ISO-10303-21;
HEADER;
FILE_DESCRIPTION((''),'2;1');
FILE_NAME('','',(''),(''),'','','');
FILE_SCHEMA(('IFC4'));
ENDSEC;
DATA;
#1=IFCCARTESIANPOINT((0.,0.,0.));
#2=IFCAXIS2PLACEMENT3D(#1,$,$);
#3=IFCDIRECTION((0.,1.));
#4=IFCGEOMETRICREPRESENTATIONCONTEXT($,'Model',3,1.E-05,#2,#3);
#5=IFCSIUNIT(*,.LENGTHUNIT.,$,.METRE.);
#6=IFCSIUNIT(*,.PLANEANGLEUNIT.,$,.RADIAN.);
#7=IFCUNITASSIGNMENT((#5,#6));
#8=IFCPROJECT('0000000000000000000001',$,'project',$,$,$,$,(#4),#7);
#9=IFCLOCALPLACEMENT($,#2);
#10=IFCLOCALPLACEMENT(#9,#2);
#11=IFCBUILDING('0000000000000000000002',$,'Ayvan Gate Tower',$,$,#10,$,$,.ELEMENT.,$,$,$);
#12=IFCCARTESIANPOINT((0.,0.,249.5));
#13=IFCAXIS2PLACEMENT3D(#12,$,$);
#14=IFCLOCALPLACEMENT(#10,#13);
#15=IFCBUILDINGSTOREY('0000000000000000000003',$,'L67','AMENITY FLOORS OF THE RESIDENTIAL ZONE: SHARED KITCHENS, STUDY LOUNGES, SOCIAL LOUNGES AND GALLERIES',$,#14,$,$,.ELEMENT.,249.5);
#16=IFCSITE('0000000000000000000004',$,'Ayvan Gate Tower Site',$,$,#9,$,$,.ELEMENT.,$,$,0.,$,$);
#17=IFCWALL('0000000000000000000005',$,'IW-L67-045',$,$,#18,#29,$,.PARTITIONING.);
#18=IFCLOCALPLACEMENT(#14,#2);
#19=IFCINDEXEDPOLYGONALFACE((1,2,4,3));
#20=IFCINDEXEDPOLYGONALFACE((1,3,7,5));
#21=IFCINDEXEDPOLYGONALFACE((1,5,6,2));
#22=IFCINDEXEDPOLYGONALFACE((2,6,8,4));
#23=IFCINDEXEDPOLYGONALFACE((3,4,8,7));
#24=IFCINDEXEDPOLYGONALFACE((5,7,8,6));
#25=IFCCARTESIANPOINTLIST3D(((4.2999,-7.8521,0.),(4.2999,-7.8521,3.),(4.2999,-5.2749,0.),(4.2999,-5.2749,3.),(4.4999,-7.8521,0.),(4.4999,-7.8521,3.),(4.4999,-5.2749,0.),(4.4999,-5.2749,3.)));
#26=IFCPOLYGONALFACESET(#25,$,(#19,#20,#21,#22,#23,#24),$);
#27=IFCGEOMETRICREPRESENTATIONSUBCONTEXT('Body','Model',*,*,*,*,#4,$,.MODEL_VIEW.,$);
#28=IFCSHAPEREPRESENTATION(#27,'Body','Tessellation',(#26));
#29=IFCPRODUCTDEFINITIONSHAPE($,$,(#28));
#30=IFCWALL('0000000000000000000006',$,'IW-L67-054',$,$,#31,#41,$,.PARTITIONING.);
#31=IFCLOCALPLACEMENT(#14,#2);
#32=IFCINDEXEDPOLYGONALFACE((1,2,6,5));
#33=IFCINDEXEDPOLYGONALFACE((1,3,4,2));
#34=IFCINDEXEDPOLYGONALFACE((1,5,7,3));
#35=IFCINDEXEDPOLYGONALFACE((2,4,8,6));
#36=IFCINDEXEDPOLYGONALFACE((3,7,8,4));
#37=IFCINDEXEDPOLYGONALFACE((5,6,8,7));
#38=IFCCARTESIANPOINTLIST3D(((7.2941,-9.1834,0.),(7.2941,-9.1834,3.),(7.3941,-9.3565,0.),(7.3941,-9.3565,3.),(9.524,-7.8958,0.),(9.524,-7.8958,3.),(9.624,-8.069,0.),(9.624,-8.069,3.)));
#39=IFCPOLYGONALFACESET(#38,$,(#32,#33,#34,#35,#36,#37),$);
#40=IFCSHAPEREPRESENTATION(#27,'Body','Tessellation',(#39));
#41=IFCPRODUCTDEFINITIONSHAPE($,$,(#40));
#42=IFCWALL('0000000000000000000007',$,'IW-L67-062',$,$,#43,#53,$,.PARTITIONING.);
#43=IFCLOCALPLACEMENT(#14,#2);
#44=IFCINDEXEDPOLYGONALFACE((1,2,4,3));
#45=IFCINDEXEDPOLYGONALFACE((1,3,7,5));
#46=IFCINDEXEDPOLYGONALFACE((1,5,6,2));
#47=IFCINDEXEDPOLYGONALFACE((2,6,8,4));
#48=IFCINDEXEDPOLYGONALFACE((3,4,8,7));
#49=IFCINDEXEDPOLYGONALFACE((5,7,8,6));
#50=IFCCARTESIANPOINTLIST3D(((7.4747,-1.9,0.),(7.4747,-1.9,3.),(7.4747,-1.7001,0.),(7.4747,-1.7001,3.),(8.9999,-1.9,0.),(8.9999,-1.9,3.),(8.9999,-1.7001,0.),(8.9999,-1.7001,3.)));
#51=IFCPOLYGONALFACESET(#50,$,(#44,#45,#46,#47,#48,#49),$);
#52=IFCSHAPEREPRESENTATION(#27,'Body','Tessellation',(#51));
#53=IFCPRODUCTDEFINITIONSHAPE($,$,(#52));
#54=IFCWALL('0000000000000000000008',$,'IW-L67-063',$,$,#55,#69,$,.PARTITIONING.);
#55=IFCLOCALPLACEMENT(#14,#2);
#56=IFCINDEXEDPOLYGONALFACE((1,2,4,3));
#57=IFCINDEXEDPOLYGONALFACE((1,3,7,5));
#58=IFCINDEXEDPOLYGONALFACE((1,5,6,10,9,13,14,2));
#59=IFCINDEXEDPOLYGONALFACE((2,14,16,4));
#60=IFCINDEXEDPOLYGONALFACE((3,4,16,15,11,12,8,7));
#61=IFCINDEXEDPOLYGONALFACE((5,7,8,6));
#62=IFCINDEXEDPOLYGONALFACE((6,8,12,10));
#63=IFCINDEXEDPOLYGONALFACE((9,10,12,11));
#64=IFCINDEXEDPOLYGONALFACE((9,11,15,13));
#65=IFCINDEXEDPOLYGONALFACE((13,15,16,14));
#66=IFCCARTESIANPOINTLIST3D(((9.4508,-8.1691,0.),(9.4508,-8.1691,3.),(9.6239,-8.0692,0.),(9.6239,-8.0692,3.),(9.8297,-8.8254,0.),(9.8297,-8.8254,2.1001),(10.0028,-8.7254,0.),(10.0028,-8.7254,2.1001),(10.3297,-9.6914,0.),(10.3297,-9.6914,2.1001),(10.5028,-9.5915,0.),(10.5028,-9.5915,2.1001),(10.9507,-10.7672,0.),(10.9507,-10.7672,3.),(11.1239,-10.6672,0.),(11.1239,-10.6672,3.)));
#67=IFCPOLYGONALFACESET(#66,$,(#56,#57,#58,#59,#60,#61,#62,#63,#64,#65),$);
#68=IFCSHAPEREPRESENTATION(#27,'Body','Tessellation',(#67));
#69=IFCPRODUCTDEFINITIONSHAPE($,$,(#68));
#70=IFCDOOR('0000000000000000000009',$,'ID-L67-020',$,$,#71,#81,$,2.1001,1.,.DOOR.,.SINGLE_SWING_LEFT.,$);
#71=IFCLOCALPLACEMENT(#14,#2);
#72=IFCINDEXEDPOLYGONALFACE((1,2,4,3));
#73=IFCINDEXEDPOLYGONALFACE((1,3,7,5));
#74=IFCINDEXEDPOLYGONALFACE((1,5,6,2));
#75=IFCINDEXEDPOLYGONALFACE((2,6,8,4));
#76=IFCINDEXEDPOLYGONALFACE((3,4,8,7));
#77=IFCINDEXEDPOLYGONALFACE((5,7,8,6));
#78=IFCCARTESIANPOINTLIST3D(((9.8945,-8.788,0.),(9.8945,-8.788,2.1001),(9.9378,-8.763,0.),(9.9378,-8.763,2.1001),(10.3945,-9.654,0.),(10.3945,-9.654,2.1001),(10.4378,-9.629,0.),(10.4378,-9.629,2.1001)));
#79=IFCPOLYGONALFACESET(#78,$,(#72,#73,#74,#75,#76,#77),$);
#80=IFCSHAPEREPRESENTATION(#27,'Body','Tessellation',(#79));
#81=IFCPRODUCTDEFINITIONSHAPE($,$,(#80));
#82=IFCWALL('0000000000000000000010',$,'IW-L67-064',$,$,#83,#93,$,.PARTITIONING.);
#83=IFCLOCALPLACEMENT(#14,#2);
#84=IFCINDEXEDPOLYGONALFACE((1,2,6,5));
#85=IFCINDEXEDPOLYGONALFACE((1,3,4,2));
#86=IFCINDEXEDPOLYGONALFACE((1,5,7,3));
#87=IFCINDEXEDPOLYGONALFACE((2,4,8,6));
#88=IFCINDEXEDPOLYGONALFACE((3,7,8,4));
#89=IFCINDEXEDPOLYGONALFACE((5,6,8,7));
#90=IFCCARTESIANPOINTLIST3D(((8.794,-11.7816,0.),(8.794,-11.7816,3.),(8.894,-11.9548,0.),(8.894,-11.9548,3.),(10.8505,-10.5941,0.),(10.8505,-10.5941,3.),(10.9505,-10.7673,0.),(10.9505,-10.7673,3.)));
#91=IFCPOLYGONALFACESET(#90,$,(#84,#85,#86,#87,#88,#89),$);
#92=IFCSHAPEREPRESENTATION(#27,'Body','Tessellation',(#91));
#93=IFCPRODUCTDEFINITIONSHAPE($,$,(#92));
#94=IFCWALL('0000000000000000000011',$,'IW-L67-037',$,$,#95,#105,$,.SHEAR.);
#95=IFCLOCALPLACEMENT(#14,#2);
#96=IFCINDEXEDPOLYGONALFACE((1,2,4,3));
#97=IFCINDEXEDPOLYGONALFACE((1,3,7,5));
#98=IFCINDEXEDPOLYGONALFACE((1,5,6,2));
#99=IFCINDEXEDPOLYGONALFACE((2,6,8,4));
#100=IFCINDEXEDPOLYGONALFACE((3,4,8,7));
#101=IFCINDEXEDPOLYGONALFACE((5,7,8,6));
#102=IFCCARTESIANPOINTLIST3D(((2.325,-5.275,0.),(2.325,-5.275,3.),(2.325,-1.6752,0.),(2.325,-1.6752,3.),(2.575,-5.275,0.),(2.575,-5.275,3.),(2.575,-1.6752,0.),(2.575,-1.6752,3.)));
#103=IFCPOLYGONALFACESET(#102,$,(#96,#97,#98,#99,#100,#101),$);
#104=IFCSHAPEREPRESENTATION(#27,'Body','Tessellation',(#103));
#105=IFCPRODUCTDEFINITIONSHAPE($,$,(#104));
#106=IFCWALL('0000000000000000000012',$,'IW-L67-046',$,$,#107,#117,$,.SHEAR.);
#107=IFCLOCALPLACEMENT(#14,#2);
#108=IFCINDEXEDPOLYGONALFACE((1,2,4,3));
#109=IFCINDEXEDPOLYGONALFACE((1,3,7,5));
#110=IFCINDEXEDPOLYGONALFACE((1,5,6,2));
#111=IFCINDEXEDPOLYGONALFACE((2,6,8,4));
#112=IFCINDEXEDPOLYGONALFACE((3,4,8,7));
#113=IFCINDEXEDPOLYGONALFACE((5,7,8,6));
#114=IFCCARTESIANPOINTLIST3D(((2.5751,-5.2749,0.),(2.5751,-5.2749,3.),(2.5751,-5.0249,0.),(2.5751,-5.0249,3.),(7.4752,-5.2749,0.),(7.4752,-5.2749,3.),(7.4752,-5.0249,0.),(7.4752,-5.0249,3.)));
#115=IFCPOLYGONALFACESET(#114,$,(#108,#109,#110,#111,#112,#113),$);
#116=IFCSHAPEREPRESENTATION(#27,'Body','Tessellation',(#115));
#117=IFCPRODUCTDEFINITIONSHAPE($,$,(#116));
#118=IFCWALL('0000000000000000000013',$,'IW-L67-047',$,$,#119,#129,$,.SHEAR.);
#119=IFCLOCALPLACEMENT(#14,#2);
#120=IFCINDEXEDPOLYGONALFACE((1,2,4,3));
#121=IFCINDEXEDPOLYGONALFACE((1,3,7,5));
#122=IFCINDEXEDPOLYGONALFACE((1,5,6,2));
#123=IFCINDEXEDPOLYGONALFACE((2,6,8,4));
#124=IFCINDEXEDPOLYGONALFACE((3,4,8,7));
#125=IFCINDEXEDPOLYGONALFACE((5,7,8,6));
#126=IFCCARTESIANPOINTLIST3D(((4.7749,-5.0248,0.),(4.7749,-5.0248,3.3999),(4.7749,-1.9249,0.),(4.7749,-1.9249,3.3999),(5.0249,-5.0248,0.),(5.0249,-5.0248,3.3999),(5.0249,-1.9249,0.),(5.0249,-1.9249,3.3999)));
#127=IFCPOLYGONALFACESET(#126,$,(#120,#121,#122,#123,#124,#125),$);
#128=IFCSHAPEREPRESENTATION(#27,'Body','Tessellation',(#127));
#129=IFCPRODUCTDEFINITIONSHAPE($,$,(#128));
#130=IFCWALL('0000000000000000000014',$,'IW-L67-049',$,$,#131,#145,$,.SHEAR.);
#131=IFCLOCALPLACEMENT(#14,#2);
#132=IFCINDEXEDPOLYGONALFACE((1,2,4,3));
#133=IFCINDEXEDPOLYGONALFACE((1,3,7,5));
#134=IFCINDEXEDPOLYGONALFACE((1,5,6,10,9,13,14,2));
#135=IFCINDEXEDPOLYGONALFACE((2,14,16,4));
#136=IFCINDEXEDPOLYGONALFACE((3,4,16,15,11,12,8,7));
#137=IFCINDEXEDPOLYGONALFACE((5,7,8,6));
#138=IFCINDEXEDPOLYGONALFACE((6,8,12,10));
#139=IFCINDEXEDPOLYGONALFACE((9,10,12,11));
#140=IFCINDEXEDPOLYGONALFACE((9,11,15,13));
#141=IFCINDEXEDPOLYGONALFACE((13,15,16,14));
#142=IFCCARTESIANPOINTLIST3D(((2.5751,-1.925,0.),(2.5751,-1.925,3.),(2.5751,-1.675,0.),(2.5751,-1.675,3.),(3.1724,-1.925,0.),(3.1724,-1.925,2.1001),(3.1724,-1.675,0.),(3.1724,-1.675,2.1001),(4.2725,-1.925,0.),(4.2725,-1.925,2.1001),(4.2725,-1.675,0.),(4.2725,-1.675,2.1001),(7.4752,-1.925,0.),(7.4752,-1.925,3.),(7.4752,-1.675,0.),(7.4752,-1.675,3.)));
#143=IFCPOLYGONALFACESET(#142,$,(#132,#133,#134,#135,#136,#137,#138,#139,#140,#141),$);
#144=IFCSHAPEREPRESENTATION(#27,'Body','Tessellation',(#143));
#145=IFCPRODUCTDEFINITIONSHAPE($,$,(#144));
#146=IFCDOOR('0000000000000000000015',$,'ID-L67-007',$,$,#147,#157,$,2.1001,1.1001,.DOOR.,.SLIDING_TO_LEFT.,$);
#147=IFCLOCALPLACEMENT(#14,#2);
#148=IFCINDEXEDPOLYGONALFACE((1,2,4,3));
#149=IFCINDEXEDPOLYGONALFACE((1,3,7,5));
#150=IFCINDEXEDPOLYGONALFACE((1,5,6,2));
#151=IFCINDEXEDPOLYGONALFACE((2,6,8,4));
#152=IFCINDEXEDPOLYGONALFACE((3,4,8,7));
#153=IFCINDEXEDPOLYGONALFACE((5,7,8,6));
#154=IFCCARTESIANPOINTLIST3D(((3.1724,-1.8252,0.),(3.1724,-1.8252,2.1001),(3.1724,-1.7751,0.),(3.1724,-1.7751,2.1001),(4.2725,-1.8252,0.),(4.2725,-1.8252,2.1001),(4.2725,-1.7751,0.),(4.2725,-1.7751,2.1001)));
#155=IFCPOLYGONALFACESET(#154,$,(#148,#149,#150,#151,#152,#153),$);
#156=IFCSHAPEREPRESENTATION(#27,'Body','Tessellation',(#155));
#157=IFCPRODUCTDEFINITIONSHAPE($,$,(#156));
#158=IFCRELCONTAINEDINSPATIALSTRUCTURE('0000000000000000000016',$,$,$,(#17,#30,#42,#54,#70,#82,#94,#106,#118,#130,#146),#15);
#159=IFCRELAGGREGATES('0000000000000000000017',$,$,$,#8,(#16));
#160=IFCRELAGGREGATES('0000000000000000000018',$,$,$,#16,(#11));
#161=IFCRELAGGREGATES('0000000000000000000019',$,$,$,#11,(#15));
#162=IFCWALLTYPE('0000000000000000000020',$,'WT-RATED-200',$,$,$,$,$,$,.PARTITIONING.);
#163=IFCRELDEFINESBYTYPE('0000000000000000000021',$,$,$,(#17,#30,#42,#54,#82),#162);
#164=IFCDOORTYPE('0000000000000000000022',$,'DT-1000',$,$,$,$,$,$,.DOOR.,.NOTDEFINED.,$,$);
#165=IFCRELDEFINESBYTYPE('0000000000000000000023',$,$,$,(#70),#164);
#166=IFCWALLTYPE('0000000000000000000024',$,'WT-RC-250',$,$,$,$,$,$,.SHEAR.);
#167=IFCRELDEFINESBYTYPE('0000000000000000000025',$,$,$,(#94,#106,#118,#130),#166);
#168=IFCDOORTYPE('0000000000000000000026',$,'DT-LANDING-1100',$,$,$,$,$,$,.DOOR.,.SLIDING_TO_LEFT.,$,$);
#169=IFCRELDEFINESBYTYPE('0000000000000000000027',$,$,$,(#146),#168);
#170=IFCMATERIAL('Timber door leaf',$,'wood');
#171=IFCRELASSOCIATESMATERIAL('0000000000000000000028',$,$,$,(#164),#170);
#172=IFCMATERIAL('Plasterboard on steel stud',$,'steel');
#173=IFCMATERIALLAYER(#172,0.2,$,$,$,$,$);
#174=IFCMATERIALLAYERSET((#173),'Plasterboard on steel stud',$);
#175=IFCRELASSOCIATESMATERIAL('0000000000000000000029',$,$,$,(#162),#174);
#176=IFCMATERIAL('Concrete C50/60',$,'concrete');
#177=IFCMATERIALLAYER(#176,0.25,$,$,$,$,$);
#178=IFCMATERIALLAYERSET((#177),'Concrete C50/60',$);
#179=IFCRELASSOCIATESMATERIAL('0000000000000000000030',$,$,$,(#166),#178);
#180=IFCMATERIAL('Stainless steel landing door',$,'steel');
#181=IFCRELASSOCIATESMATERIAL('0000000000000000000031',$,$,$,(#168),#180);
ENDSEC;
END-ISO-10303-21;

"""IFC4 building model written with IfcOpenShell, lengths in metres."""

from ifc_helpers import new_model, si_unit, direction, frame, frame_2d, origin, place, context, subcontext, project, spatial, rectangle, extrude, material, layer, layer_set, type_object, element, fill, save


model = new_model("IFC4")

# Units and contexts
model_context = context("Model", 3, precision=1e-05, world=origin(), true_north=direction((0.0, 1.0)))
body_context = subcontext(model_context, "Body", "Model", "MODEL_VIEW")
ifc_project = project(units=[si_unit("LENGTHUNIT", "METRE"), si_unit("PLANEANGLEUNIT", "RADIAN")], contexts=[model_context])

# Site, building, storey
site_placement = place(None, origin())
site = spatial("IfcSite", under=ifc_project, at=site_placement, Name="Ayvan Gate Tower Site", CompositionType="ELEMENT", RefElevation=0.0)
building_placement = place(site_placement, origin())
building = spatial("IfcBuilding", under=site, at=building_placement, Name="Ayvan Gate Tower", CompositionType="ELEMENT")
storey_placement = place(building_placement, frame((0.0, 0.0, 249.5)))
storey = spatial("IfcBuildingStorey", under=building, at=storey_placement, Name="L67", Description="AMENITY FLOORS OF THE RESIDENTIAL ZONE: SHARED KITCHENS, STUDY LOUNGES, SOCIAL LOUNGES AND GALLERIES", CompositionType="ELEMENT", Elevation=249.5)

# Shared definitions
ifc_material_1 = material(Name="Concrete C50/60", Category="concrete")

# Shared definitions
ifc_material_2 = material(Name="Timber door leaf", Category="wood")

# Shared definitions
ifc_material_3 = material(Name="Plasterboard on steel stud", Category="steel")

# Shared definitions
door_type_1 = type_object("IfcDoorType", Name="DT-1000", OperationType="NOTDEFINED", PredefinedType="DOOR", material=ifc_material_2)

# Walls
ifc_layer_1 = layer(ifc_material_3, 0.2)
ifc_layer_set_1 = layer_set([ifc_layer_1], Name="Plasterboard on steel stud")
wall_type_1 = type_object("IfcWallType", Name="WT-RATED-200", PredefinedType="PARTITIONING", material=ifc_layer_set_1)
wall_1_placement = place(storey_placement, frame((4.3999, -5.2749, 0.0), z_axis=(0.0, 0.0, 1.0), x_axis=(0.0, -1.0, 0.0)))
element("IfcWall", 1, at=wall_1_placement, inside=storey, type_object=wall_type_1, Name="IW-L67-045", PredefinedType="PARTITIONING", context=body_context, shape_type="SweptSolid", body=[
    extrude(rectangle(XDim=2.5771, YDim=0.2, at=frame_2d((1.2886, 0.0))), origin(), (0.0, 0.0, 1.0), 3.0),
])
wall_2_placement = place(storey_placement, frame((7.344, -9.27, 0.0), z_axis=(0.0, 0.0, 1.0), x_axis=(0.866006, 0.500034, 0.0)))
element("IfcWall", 2, at=wall_2_placement, inside=storey, type_object=wall_type_1, Name="IW-L67-054", PredefinedType="PARTITIONING", context=body_context, shape_type="SweptSolid", body=[
    extrude(rectangle(XDim=2.575, YDim=0.2, at=frame_2d((1.2876, 0.0))), origin(), (0.0, 0.0, 1.0), 3.0),
])
wall_3_placement = place(storey_placement, frame((9.0, -1.8, 0.0), z_axis=(0.0, 0.0, 1.0), x_axis=(-1.0, 0.0, 0.0)))
element("IfcWall", 3, at=wall_3_placement, inside=storey, type_object=wall_type_1, Name="IW-L67-062", PredefinedType="PARTITIONING", context=body_context, shape_type="SweptSolid", body=[
    extrude(rectangle(XDim=1.5251, YDim=0.2, at=frame_2d((0.7627, 0.0))), origin(), (0.0, 0.0, 1.0), 3.0),
])

# Wall, opening, door
wall_4_placement = place(storey_placement, frame((9.5374, -8.1191, 0.0), z_axis=(0.0, 0.0, 1.0), x_axis=(0.49999, -0.866031, 0.0)))
wall_4 = element("IfcWall", 4, at=wall_4_placement, inside=storey, type_object=wall_type_1, Name="IW-L67-063", PredefinedType="PARTITIONING", context=body_context, shape_type="SweptSolid", body=[
    extrude(rectangle(XDim=3.0, YDim=0.2, at=frame_2d((1.5, 0.0))), origin(), (0.0, 0.0, 1.0), 3.0),
])
opening_1_placement = place(wall_4_placement, frame((0.7578, 0.0, 0.0)))
opening_1 = element("IfcOpeningElement", 5, at=opening_1_placement, cuts=wall_4, PredefinedType="OPENING", context=body_context, shape_type="SweptSolid", body=[
    extrude(rectangle(XDim=1.0, YDim=2.1001, at=frame_2d((0.5, 1.05))), frame((0.0, 0.1099, 0.0), z_axis=(0.0, -1.0, 0.0), x_axis=(1.0, 0.0, 0.0)), (0.0, 0.0, 1.0), 0.22),
])
door_1_placement = place(opening_1_placement, origin())
door_1 = element("IfcDoor", 6, at=door_1_placement, inside=storey, type_object=door_type_1, Name="ID-L67-020", OperationType="SINGLE_SWING_LEFT", OverallHeight=2.1001, OverallWidth=1.0, PredefinedType="DOOR", context=body_context, shape_type="SweptSolid", body=[
    extrude(rectangle(XDim=1.0, YDim=2.1001, at=frame_2d((0.5, 1.05))), frame((0.0, 0.0249, 0.0), z_axis=(0.0, -1.0, 0.0), x_axis=(1.0, 0.0, 0.0)), (0.0, 0.0, 1.0), 0.05),
])
fill(opening_1, door_1)

# Walls
wall_5_placement = place(storey_placement, frame((10.9006, -10.6807, 0.0), z_axis=(0.0, 0.0, 1.0), x_axis=(-0.866008, -0.500031, 0.0)))
element("IfcWall", 7, at=wall_5_placement, inside=storey, type_object=wall_type_1, Name="IW-L67-064", PredefinedType="PARTITIONING", context=body_context, shape_type="SweptSolid", body=[
    extrude(rectangle(XDim=2.3748, YDim=0.2, at=frame_2d((1.1875, 0.0))), origin(), (0.0, 0.0, 1.0), 3.0),
])
ifc_layer_2 = layer(ifc_material_1, 0.25)
ifc_layer_set_2 = layer_set([ifc_layer_2], Name="Concrete C50/60")
wall_type_2 = type_object("IfcWallType", Name="WT-RC-250", PredefinedType="SHEAR", material=ifc_layer_set_2)
wall_6_placement = place(storey_placement, frame((2.45, -5.2749, 0.0), z_axis=(0.0, 0.0, 1.0), x_axis=(0.0, 1.0, 0.0)))
element("IfcWall", 8, at=wall_6_placement, inside=storey, type_object=wall_type_2, Name="IW-L67-037", PredefinedType="SHEAR", context=body_context, shape_type="SweptSolid", body=[
    extrude(rectangle(XDim=3.5999, YDim=0.25, at=frame_2d((1.7998, 0.0))), origin(), (0.0, 0.0, 1.0), 3.0),
])
wall_7_placement = place(storey_placement, frame((2.575, -5.1499, 0.0), z_axis=(0.0, 0.0, 1.0), x_axis=(1.0, 0.0, 0.0)))
element("IfcWall", 9, at=wall_7_placement, inside=storey, type_object=wall_type_2, Name="IW-L67-046", PredefinedType="SHEAR", context=body_context, shape_type="SweptSolid", body=[
    extrude(rectangle(XDim=4.9001, YDim=0.25, at=frame_2d((2.4502, 0.0))), origin(), (0.0, 0.0, 1.0), 3.0),
])
wall_8_placement = place(storey_placement, frame((4.8999, -1.925, 0.0), z_axis=(0.0, 0.0, 1.0), x_axis=(0.0, -1.0, 0.0)))
element("IfcWall", 10, at=wall_8_placement, inside=storey, type_object=wall_type_2, Name="IW-L67-047", PredefinedType="SHEAR", context=body_context, shape_type="SweptSolid", body=[
    extrude(rectangle(XDim=3.0999, YDim=0.25, at=frame_2d((1.5498, 0.0))), origin(), (0.0, 0.0, 1.0), 3.3999),
])

# Wall, opening, door
wall_9_placement = place(storey_placement, frame((2.575, -1.8, 0.0), z_axis=(0.0, 0.0, 1.0), x_axis=(1.0, 0.0, 0.0)))
wall_9 = element("IfcWall", 11, at=wall_9_placement, inside=storey, type_object=wall_type_2, Name="IW-L67-049", PredefinedType="SHEAR", context=body_context, shape_type="SweptSolid", body=[
    extrude(rectangle(XDim=4.9001, YDim=0.25, at=frame_2d((2.4502, 0.0))), origin(), (0.0, 0.0, 1.0), 3.0),
])
opening_2_placement = place(wall_9_placement, frame((0.5974, 0.0, 0.0)))
opening_2 = element("IfcOpeningElement", 12, at=opening_2_placement, cuts=wall_9, PredefinedType="OPENING", context=body_context, shape_type="SweptSolid", body=[
    extrude(rectangle(XDim=1.1001, YDim=2.1001, at=frame_2d((0.55, 1.05))), frame((0.0, 0.135, 0.0), z_axis=(0.0, -1.0, 0.0), x_axis=(1.0, 0.0, 0.0)), (0.0, 0.0, 1.0), 0.27),
])
ifc_material_4 = material(Name="Stainless steel landing door", Category="steel")
door_type_2 = type_object("IfcDoorType", Name="DT-LANDING-1100", OperationType="SLIDING_TO_LEFT", PredefinedType="DOOR", material=ifc_material_4)
door_2_placement = place(opening_2_placement, origin())
door_2 = element("IfcDoor", 13, at=door_2_placement, inside=storey, type_object=door_type_2, Name="ID-L67-007", OperationType="SLIDING_TO_LEFT", OverallHeight=2.1001, OverallWidth=1.1001, PredefinedType="DOOR", context=body_context, shape_type="SweptSolid", body=[
    extrude(rectangle(XDim=1.1001, YDim=2.1001, at=frame_2d((0.55, 1.05))), frame((0.0, 0.0249, 0.0), z_axis=(0.0, -1.0, 0.0), x_axis=(1.0, 0.0, 0.0)), (0.0, 0.0, 1.0), 0.05),
])
fill(opening_2, door_2)

save(model, "model.ifc")
